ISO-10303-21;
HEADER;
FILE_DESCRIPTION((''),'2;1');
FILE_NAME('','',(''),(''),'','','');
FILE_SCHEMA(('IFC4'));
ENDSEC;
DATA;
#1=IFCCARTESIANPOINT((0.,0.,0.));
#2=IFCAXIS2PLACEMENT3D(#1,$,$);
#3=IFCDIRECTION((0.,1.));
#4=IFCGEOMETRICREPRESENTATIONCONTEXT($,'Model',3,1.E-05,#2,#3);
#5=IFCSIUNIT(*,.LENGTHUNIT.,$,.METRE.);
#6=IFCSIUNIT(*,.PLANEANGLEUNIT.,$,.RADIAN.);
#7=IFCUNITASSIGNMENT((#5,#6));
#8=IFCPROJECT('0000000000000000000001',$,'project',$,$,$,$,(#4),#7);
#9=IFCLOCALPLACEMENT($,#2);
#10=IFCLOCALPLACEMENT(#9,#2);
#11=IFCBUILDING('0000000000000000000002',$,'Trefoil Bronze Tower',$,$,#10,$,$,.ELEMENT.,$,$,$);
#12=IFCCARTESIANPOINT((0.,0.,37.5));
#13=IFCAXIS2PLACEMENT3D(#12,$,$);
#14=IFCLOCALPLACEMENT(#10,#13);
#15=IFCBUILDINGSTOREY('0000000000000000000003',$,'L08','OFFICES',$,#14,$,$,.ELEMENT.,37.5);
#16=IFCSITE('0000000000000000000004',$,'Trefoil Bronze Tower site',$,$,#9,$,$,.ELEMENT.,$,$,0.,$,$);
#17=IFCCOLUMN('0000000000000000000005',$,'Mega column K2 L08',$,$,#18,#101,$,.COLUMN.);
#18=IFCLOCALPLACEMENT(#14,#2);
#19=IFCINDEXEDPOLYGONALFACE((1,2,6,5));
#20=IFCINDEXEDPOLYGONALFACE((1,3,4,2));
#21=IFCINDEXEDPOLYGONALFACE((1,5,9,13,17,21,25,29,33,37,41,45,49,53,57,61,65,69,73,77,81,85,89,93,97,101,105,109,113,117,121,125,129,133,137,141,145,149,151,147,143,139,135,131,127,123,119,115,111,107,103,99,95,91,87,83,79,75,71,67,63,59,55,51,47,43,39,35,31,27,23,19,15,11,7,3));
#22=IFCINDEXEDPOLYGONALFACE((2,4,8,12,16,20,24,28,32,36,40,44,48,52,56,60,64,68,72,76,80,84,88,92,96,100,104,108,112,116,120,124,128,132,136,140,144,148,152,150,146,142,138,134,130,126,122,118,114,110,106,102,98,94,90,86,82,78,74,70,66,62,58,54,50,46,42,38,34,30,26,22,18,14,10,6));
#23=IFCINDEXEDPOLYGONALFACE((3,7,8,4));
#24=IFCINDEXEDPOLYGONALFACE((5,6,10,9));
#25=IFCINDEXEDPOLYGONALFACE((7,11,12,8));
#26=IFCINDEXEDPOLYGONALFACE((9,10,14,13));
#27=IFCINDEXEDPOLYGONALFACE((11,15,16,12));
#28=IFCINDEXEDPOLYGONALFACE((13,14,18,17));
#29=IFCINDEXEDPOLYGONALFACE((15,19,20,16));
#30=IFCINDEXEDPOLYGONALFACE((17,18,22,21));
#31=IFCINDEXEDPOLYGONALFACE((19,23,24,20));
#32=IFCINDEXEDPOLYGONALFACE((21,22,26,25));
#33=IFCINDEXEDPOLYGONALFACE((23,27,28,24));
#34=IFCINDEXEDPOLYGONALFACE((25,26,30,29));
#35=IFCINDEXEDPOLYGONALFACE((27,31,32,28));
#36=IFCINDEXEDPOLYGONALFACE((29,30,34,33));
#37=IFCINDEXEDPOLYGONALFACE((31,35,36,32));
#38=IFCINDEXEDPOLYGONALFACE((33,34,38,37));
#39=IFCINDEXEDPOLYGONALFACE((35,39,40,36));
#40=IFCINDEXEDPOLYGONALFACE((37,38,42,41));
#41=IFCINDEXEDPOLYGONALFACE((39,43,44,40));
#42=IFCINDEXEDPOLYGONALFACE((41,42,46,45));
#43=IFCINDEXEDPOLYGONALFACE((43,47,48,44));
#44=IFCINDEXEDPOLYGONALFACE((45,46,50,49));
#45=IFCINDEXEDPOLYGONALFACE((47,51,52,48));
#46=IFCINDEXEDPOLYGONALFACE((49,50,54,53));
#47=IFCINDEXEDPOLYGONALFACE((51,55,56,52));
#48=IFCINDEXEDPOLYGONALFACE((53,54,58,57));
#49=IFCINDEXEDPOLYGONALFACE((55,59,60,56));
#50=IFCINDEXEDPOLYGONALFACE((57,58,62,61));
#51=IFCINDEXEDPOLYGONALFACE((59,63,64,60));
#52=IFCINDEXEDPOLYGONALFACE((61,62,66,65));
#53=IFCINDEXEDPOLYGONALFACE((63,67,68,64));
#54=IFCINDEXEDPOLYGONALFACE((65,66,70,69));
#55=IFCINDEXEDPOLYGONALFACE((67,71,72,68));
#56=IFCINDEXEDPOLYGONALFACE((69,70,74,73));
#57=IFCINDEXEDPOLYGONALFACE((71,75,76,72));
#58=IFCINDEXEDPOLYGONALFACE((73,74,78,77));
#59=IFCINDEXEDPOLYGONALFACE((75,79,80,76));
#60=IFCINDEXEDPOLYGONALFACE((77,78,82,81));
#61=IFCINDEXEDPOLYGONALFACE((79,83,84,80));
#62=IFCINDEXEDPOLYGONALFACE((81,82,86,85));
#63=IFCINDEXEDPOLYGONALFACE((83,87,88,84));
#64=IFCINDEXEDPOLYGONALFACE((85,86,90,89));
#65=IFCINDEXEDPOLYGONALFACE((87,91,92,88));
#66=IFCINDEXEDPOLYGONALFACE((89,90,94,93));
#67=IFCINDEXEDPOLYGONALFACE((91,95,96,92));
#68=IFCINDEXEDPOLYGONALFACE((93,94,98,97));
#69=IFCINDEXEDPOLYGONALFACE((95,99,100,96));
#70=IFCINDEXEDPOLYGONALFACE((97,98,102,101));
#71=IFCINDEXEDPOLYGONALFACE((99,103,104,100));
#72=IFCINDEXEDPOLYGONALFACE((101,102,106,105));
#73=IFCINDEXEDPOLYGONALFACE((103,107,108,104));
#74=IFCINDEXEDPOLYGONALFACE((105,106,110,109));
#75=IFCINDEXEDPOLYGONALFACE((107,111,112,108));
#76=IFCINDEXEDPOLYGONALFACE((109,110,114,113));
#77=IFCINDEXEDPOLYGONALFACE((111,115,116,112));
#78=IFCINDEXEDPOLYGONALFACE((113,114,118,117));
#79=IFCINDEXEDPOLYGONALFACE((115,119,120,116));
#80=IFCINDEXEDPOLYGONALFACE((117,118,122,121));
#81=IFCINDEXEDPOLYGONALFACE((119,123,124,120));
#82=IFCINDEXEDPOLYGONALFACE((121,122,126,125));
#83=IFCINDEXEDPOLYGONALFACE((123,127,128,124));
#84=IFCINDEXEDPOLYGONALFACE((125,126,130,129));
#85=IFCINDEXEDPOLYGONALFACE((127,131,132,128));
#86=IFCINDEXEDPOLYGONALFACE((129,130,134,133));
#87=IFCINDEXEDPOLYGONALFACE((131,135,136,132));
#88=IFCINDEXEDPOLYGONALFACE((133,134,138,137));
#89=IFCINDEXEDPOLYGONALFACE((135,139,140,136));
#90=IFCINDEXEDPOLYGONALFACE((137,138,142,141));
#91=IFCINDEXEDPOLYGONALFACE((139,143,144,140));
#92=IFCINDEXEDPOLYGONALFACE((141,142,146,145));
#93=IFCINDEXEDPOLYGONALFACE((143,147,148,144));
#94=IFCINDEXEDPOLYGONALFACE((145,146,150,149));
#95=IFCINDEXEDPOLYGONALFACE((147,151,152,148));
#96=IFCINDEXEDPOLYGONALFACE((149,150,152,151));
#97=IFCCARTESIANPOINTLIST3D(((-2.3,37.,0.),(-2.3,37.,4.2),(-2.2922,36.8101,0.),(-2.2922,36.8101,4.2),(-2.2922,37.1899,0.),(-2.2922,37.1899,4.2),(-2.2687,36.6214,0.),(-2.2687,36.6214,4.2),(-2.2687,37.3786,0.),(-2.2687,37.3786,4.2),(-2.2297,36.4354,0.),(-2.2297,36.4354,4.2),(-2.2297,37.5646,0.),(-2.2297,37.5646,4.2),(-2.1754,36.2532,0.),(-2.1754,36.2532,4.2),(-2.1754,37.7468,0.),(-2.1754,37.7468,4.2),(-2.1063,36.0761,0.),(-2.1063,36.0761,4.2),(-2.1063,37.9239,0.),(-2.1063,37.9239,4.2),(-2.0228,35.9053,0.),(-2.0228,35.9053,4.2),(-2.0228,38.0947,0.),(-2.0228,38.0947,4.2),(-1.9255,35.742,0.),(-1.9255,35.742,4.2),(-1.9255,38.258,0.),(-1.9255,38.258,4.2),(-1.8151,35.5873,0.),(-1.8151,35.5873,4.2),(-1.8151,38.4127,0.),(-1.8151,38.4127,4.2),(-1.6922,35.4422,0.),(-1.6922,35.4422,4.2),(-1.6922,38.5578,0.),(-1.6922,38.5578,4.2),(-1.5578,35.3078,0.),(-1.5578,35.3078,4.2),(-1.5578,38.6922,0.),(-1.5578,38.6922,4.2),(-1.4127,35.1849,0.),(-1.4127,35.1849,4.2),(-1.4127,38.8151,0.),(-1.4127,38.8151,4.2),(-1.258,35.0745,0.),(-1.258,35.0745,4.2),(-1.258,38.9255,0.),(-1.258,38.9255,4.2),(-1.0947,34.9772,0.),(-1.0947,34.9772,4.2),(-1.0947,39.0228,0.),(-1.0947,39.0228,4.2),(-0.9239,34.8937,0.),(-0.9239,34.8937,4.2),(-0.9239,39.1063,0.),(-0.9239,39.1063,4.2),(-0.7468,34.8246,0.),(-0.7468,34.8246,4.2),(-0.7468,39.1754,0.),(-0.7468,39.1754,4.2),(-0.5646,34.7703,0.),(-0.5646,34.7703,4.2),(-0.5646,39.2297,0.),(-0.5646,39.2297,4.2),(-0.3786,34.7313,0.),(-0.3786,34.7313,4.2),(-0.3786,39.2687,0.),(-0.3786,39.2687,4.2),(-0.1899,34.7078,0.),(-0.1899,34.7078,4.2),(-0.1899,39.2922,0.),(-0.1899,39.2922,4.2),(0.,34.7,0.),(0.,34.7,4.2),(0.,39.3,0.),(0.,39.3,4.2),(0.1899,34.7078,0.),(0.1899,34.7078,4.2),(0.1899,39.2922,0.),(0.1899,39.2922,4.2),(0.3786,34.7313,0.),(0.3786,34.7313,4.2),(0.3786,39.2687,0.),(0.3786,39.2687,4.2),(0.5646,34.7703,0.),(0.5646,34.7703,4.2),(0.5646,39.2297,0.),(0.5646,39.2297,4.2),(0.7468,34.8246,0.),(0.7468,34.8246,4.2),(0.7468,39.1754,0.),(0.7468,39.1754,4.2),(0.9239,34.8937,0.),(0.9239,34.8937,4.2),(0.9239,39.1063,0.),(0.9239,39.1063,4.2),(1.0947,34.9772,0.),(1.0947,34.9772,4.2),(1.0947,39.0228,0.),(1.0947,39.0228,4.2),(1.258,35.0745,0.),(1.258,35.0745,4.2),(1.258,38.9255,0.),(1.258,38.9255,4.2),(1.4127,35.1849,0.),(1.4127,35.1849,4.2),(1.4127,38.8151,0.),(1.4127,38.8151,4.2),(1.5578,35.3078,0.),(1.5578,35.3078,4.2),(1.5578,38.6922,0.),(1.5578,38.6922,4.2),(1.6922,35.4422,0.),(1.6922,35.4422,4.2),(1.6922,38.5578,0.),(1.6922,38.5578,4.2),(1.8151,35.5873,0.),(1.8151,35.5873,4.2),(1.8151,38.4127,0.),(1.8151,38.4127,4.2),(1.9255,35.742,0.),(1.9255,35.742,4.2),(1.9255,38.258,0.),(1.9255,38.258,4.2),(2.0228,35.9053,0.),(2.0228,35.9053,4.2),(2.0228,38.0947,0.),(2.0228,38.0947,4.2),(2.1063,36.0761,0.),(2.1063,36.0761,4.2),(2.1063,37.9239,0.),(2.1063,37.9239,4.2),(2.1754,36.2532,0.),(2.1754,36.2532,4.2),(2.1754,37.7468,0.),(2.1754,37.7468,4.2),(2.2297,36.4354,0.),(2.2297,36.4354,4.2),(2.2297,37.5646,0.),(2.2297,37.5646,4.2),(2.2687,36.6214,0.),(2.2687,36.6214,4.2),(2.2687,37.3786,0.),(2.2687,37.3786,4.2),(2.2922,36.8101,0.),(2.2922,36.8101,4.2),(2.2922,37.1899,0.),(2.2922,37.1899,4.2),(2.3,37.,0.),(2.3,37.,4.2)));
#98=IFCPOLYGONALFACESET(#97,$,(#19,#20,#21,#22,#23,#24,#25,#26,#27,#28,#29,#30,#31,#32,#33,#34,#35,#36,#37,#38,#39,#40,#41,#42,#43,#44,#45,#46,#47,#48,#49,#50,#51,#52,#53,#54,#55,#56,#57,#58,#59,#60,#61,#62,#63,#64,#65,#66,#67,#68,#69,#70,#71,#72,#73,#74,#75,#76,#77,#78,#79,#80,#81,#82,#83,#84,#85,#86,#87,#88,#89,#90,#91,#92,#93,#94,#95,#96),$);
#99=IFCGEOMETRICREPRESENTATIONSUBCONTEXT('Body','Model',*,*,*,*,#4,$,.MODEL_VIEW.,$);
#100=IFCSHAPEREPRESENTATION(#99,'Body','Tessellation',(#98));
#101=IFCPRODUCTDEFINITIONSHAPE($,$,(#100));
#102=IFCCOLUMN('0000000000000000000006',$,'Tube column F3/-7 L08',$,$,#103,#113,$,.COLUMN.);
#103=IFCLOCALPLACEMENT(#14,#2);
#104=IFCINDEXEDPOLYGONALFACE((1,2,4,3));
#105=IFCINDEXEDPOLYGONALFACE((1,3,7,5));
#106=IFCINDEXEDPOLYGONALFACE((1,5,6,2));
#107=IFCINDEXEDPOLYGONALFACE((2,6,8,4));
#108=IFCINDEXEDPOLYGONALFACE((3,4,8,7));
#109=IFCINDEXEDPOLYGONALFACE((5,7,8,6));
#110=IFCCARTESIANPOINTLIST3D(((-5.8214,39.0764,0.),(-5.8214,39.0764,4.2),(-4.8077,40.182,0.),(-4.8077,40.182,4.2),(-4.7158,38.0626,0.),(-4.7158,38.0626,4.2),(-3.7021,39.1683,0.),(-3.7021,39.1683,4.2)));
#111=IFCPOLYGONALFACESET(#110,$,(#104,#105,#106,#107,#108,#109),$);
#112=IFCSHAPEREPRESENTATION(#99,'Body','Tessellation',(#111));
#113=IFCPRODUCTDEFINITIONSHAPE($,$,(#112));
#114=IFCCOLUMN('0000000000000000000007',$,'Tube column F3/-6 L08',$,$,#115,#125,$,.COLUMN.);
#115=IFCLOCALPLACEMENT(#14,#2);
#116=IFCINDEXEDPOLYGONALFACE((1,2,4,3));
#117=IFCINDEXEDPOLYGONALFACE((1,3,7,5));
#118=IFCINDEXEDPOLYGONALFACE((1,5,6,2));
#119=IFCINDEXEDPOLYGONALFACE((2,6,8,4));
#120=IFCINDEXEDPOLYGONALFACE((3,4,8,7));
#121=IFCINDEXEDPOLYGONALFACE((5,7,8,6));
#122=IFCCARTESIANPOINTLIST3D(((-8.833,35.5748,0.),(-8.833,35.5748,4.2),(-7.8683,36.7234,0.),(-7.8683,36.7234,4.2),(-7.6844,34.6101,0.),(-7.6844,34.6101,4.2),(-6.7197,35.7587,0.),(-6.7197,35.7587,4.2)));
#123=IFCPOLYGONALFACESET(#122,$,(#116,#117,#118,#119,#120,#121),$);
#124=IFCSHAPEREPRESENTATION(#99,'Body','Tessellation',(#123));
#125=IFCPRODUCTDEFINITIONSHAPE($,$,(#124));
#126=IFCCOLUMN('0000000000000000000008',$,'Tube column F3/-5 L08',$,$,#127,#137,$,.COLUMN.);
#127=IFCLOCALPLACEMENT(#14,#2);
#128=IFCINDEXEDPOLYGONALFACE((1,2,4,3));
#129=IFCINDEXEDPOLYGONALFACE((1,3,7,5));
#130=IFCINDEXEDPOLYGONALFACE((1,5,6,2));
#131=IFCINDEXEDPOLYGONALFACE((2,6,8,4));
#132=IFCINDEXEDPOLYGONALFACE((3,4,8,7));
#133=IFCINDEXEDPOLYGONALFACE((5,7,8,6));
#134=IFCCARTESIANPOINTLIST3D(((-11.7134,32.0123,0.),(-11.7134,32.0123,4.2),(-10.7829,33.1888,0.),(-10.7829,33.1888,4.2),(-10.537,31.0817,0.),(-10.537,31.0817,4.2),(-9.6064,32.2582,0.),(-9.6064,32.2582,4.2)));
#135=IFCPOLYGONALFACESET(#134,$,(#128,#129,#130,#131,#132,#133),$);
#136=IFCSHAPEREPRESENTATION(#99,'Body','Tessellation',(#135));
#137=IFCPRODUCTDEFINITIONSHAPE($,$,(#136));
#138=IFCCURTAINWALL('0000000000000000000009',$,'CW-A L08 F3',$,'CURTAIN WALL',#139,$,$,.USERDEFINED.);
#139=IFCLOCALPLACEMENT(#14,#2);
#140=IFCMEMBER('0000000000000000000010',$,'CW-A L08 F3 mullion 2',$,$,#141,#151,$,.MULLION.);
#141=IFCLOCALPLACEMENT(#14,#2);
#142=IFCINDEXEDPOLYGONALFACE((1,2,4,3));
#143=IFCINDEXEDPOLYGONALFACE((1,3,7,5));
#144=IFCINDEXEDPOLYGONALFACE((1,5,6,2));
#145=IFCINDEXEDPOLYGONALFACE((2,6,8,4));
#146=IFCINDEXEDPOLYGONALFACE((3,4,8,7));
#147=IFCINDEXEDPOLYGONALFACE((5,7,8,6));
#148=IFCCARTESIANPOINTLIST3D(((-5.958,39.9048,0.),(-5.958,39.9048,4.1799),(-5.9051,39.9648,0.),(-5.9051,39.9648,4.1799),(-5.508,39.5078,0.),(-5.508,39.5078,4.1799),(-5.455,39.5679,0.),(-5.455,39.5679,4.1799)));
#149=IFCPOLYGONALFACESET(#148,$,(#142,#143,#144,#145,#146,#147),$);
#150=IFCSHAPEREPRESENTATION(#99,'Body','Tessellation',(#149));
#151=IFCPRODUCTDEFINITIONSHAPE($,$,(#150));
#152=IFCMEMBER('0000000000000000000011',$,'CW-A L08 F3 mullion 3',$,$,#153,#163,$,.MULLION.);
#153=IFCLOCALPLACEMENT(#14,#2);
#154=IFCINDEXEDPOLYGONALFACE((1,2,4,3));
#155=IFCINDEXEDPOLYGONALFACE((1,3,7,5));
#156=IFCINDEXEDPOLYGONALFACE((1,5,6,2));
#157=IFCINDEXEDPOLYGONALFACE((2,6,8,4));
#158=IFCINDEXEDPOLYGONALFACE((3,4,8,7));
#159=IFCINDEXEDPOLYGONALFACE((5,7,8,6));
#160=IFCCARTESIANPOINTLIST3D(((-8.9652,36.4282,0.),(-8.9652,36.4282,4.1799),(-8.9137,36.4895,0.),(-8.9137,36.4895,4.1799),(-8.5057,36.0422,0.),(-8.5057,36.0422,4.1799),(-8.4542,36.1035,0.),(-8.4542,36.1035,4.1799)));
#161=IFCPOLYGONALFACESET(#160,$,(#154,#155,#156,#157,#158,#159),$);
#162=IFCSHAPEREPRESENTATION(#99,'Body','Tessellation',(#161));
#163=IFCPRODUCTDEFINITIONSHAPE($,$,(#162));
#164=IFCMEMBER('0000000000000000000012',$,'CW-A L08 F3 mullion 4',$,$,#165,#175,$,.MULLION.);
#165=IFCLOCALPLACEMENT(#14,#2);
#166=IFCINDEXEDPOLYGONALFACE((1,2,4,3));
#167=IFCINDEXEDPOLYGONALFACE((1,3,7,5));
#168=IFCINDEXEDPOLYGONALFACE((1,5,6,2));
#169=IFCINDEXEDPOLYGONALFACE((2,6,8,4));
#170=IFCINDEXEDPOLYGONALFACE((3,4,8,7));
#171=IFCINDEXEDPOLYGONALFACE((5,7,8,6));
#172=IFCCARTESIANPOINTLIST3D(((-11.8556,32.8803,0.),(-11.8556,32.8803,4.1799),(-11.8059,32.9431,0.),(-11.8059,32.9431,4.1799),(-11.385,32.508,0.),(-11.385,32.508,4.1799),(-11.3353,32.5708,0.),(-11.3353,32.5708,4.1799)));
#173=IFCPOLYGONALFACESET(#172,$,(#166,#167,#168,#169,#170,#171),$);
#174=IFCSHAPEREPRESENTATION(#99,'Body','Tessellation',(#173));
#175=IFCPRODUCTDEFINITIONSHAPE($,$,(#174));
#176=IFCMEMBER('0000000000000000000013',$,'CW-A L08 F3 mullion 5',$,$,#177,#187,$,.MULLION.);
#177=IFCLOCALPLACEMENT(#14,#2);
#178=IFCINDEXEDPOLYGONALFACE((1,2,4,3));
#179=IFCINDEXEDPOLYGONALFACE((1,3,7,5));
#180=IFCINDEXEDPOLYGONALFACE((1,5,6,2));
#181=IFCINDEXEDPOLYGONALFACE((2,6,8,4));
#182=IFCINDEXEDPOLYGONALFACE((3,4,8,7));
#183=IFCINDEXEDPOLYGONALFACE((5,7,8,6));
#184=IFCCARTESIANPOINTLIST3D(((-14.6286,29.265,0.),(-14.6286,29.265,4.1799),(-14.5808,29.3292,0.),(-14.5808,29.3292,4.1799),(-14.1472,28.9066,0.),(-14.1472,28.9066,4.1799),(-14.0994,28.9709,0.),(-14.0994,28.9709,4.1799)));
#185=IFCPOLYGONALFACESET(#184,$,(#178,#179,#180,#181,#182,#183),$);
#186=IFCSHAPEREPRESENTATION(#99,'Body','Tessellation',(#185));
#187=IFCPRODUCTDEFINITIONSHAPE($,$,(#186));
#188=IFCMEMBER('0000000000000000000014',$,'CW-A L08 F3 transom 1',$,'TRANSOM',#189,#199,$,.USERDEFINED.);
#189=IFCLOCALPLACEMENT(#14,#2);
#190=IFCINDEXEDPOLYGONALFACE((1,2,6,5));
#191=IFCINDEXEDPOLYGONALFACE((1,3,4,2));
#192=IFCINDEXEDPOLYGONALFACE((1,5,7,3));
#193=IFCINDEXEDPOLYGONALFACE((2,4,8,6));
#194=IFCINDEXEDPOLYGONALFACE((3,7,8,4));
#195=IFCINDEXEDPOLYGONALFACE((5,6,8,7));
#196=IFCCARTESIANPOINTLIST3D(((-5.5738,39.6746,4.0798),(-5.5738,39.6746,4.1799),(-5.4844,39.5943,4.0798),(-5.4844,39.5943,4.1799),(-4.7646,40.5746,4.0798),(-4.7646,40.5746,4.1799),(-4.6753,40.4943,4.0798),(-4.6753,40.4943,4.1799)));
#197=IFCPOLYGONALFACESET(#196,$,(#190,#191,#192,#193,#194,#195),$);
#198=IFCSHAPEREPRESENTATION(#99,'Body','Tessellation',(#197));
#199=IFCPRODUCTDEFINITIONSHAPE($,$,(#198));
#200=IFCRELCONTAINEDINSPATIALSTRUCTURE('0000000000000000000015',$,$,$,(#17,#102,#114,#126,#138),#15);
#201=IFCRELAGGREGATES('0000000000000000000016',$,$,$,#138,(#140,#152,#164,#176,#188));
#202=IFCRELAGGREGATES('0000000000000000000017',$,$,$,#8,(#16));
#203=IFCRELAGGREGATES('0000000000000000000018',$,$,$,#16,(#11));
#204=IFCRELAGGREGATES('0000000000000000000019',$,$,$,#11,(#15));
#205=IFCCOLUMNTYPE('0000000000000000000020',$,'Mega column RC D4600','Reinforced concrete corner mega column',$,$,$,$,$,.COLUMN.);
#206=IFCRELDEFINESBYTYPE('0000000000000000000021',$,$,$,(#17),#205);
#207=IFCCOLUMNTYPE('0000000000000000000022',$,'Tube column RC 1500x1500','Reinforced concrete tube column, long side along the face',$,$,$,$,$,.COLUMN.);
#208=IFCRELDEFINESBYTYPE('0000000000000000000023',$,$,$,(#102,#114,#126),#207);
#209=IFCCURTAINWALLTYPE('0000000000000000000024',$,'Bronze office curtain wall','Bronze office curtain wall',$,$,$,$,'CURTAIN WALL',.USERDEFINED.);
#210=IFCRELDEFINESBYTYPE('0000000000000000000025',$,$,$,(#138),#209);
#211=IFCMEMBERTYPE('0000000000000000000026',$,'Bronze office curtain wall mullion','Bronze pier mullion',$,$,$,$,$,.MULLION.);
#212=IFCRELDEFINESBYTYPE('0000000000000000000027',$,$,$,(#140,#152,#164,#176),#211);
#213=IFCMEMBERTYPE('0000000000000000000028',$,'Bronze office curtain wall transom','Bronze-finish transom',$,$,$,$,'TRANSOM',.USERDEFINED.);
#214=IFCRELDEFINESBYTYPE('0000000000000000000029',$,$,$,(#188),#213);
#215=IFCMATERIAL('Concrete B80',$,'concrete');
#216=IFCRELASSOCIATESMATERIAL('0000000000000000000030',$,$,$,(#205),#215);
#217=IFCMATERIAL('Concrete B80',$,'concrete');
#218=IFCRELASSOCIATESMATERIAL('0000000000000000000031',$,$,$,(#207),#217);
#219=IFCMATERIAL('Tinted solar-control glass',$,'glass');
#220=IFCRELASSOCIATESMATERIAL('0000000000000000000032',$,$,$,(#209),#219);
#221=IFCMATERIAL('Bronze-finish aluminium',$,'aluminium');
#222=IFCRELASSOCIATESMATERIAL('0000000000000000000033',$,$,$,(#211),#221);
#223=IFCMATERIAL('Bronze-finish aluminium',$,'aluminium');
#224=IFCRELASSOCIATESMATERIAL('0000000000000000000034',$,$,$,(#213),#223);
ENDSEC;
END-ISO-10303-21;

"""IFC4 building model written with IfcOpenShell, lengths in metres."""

from ifc_helpers import new_model, si_unit, direction, frame, origin, origin_2d, place, context, subcontext, project, spatial, rectangle, circle, extrude, material, material_profile, profile_set, type_object, element, aggregate, save


model = new_model("IFC4")

# Units and contexts
model_context = context("Model", 3, precision=1e-05, world=origin(), true_north=direction((0.0, 1.0)))
body_context = subcontext(model_context, "Body", "Model", "MODEL_VIEW")
ifc_project = project(units=[si_unit("LENGTHUNIT", "METRE"), si_unit("PLANEANGLEUNIT", "RADIAN")], contexts=[model_context])

# Site, building, storey
site_placement = place(None, origin())
site = spatial("IfcSite", under=ifc_project, at=site_placement, Name="Trefoil Bronze Tower site", CompositionType="ELEMENT", RefElevation=0.0)
building_placement = place(site_placement, origin())
building = spatial("IfcBuilding", under=site, at=building_placement, Name="Trefoil Bronze Tower", CompositionType="ELEMENT")
storey_placement = place(building_placement, frame((0.0, 0.0, 37.5)))
storey = spatial("IfcBuildingStorey", under=building, at=storey_placement, Name="L08", Description="OFFICES", CompositionType="ELEMENT", Elevation=37.5)

# Columns
ifc_material_1 = material(Name="Concrete B80", Category="concrete")
ifc_material_profile_1 = material_profile(ifc_material_1, circle(Radius=2.3, at=origin_2d()), Name="RC D4600")
ifc_profile_set_1 = profile_set([ifc_material_profile_1], Name="Concrete B80")
column_type_1 = type_object("IfcColumnType", Name="Mega column RC D4600", Description="Reinforced concrete corner mega column", PredefinedType="COLUMN", material=ifc_profile_set_1)
column_placement = place(storey_placement, frame((0.0, 37.0, 0.0), z_axis=(0.0, 0.0, 1.0), x_axis=(1.0, 0.0, 0.0)))
element("IfcColumn", 1, at=column_placement, inside=storey, type_object=column_type_1, Name="Mega column K2 L08", PredefinedType="COLUMN", context=body_context, shape_type="SweptSolid", body=[
    extrude(circle(Radius=2.3, at=origin_2d()), origin(), (0.0, 0.0, 1.0), 4.2),
])
ifc_material_2 = material(Name="Concrete B80", Category="concrete")
ifc_material_profile_2 = material_profile(ifc_material_2, rectangle(XDim=1.5, YDim=1.5, at=origin_2d()), Name="RC 1500x1500")
ifc_profile_set_2 = profile_set([ifc_material_profile_2], Name="Concrete B80")
column_type_2 = type_object("IfcColumnType", Name="Tube column RC 1500x1500", Description="Reinforced concrete tube column, long side along the face", PredefinedType="COLUMN", material=ifc_profile_set_2)
for number, where, z_axis, x_axis, name in (
    (2, (-4.7617, 39.1223, 0.0), (0.0, 0.0, 1.0), (-0.675816, -0.73707, 0.0), "Tube column F3/-7 L08"),
    (3, (-7.7764, 35.6667, 0.0), (0.0, 0.0, 1.0), (-0.643163, -0.765729, 0.0), "Tube column F3/-6 L08"),
    (4, (-10.6599, 32.1353, 0.0), (0.0, 0.0, 1.0), (-0.620376, -0.784305, 0.0), "Tube column F3/-5 L08"),
):
    element("IfcColumn", number, at=place(storey_placement, frame(where, z_axis=z_axis, x_axis=x_axis)), inside=storey, type_object=column_type_2, Name=name, PredefinedType="COLUMN", context=body_context, shape_type="SweptSolid", body=[
        extrude(rectangle(XDim=1.5, YDim=1.5, at=origin_2d()), origin(), (0.0, 0.0, 1.0), 4.2),
    ])

# Curtain wall, members
ifc_material_3 = material(Name="Tinted solar-control glass", Category="glass")
curtain_wall_type_1 = type_object("IfcCurtainWallType", Name="Bronze office curtain wall", Description="Bronze office curtain wall", ElementType="CURTAIN WALL", PredefinedType="USERDEFINED", material=ifc_material_3)
curtain_wall_1_placement = place(storey_placement, origin())
curtain_wall_1 = element("IfcCurtainWall", 5, at=curtain_wall_1_placement, inside=storey, type_object=curtain_wall_type_1, Name="CW-A L08 F3", ObjectType="CURTAIN WALL", PredefinedType="USERDEFINED")
ifc_material_4 = material(Name="Bronze-finish aluminium", Category="aluminium")
ifc_material_profile_3 = material_profile(ifc_material_4, rectangle(XDim=0.6001, YDim=0.0801, at=origin_2d()), Name="CW-A mullion")
ifc_profile_set_3 = profile_set([ifc_material_profile_3], Name="Bronze-finish aluminium")
member_type_1 = type_object("IfcMemberType", Name="Bronze office curtain wall mullion", Description="Bronze pier mullion", PredefinedType="MULLION", material=ifc_profile_set_3)
member_1_placement = place(storey_placement, frame((-5.7065, 39.7363, 0.0), z_axis=(0.0, 0.0, 1.0), x_axis=(0.749941, -0.661505, 0.0)))
member_1 = element("IfcMember", 6, at=member_1_placement, type_object=member_type_1, Name="CW-A L08 F3 mullion 2", PredefinedType="MULLION", context=body_context, shape_type="SweptSolid", body=[
    extrude(rectangle(XDim=0.6001, YDim=0.0801, at=origin_2d()), origin(), (0.0, 0.0, 1.0), 4.1799),
])
member_2_placement = place(storey_placement, frame((-8.7097, 36.2659, 0.0), z_axis=(0.0, 0.0, 1.0), x_axis=(0.765729, -0.643163, 0.0)))
member_2 = element("IfcMember", 7, at=member_2_placement, type_object=member_type_1, Name="CW-A L08 F3 mullion 3", PredefinedType="MULLION", context=body_context, shape_type="SweptSolid", body=[
    extrude(rectangle(XDim=0.6001, YDim=0.0801, at=origin_2d()), origin(), (0.0, 0.0, 1.0), 4.1799),
])
member_3_placement = place(storey_placement, frame((-11.5955, 32.7256, 0.0), z_axis=(0.0, 0.0, 1.0), x_axis=(0.784305, -0.620376, 0.0)))
member_3 = element("IfcMember", 8, at=member_3_placement, type_object=member_type_1, Name="CW-A L08 F3 mullion 4", PredefinedType="MULLION", context=body_context, shape_type="SweptSolid", body=[
    extrude(rectangle(XDim=0.6001, YDim=0.0801, at=origin_2d()), origin(), (0.0, 0.0, 1.0), 4.1799),
])
member_4_placement = place(storey_placement, frame((-14.364, 29.1179, 0.0), z_axis=(0.0, 0.0, 1.0), x_axis=(0.802127, -0.597154, 0.0)))
member_4 = element("IfcMember", 9, at=member_4_placement, type_object=member_type_1, Name="CW-A L08 F3 mullion 5", PredefinedType="MULLION", context=body_context, shape_type="SweptSolid", body=[
    extrude(rectangle(XDim=0.6001, YDim=0.0801, at=origin_2d()), origin(), (0.0, 0.0, 1.0), 4.1799),
])
ifc_material_5 = material(Name="Bronze-finish aluminium", Category="aluminium")
ifc_material_profile_4 = material_profile(ifc_material_5, rectangle(XDim=0.1201, YDim=0.1001, at=origin_2d()), Name="CW-A transom")
ifc_profile_set_4 = profile_set([ifc_material_profile_4], Name="Bronze-finish aluminium")
member_type_2 = type_object("IfcMemberType", Name="Bronze office curtain wall transom", Description="Bronze-finish transom", ElementType="TRANSOM", PredefinedType="USERDEFINED", material=ifc_profile_set_4)
member_5_placement = place(storey_placement, frame((-4.72, 40.5344, 4.1299), z_axis=(-0.668586, -0.743635, 0.0), x_axis=(0.743635, -0.668586, 0.0)))
member_5 = element("IfcMember", 10, at=member_5_placement, type_object=member_type_2, Name="CW-A L08 F3 transom 1", ObjectType="TRANSOM", PredefinedType="USERDEFINED", context=body_context, shape_type="SweptSolid", body=[
    extrude(rectangle(XDim=0.1201, YDim=0.1001, at=origin_2d()), origin(), (0.0, 0.0, 1.0), 1.2102),
])

aggregate(curtain_wall_1, [member_1, member_2, member_3, member_4, member_5])

save(model, "model.ifc")
